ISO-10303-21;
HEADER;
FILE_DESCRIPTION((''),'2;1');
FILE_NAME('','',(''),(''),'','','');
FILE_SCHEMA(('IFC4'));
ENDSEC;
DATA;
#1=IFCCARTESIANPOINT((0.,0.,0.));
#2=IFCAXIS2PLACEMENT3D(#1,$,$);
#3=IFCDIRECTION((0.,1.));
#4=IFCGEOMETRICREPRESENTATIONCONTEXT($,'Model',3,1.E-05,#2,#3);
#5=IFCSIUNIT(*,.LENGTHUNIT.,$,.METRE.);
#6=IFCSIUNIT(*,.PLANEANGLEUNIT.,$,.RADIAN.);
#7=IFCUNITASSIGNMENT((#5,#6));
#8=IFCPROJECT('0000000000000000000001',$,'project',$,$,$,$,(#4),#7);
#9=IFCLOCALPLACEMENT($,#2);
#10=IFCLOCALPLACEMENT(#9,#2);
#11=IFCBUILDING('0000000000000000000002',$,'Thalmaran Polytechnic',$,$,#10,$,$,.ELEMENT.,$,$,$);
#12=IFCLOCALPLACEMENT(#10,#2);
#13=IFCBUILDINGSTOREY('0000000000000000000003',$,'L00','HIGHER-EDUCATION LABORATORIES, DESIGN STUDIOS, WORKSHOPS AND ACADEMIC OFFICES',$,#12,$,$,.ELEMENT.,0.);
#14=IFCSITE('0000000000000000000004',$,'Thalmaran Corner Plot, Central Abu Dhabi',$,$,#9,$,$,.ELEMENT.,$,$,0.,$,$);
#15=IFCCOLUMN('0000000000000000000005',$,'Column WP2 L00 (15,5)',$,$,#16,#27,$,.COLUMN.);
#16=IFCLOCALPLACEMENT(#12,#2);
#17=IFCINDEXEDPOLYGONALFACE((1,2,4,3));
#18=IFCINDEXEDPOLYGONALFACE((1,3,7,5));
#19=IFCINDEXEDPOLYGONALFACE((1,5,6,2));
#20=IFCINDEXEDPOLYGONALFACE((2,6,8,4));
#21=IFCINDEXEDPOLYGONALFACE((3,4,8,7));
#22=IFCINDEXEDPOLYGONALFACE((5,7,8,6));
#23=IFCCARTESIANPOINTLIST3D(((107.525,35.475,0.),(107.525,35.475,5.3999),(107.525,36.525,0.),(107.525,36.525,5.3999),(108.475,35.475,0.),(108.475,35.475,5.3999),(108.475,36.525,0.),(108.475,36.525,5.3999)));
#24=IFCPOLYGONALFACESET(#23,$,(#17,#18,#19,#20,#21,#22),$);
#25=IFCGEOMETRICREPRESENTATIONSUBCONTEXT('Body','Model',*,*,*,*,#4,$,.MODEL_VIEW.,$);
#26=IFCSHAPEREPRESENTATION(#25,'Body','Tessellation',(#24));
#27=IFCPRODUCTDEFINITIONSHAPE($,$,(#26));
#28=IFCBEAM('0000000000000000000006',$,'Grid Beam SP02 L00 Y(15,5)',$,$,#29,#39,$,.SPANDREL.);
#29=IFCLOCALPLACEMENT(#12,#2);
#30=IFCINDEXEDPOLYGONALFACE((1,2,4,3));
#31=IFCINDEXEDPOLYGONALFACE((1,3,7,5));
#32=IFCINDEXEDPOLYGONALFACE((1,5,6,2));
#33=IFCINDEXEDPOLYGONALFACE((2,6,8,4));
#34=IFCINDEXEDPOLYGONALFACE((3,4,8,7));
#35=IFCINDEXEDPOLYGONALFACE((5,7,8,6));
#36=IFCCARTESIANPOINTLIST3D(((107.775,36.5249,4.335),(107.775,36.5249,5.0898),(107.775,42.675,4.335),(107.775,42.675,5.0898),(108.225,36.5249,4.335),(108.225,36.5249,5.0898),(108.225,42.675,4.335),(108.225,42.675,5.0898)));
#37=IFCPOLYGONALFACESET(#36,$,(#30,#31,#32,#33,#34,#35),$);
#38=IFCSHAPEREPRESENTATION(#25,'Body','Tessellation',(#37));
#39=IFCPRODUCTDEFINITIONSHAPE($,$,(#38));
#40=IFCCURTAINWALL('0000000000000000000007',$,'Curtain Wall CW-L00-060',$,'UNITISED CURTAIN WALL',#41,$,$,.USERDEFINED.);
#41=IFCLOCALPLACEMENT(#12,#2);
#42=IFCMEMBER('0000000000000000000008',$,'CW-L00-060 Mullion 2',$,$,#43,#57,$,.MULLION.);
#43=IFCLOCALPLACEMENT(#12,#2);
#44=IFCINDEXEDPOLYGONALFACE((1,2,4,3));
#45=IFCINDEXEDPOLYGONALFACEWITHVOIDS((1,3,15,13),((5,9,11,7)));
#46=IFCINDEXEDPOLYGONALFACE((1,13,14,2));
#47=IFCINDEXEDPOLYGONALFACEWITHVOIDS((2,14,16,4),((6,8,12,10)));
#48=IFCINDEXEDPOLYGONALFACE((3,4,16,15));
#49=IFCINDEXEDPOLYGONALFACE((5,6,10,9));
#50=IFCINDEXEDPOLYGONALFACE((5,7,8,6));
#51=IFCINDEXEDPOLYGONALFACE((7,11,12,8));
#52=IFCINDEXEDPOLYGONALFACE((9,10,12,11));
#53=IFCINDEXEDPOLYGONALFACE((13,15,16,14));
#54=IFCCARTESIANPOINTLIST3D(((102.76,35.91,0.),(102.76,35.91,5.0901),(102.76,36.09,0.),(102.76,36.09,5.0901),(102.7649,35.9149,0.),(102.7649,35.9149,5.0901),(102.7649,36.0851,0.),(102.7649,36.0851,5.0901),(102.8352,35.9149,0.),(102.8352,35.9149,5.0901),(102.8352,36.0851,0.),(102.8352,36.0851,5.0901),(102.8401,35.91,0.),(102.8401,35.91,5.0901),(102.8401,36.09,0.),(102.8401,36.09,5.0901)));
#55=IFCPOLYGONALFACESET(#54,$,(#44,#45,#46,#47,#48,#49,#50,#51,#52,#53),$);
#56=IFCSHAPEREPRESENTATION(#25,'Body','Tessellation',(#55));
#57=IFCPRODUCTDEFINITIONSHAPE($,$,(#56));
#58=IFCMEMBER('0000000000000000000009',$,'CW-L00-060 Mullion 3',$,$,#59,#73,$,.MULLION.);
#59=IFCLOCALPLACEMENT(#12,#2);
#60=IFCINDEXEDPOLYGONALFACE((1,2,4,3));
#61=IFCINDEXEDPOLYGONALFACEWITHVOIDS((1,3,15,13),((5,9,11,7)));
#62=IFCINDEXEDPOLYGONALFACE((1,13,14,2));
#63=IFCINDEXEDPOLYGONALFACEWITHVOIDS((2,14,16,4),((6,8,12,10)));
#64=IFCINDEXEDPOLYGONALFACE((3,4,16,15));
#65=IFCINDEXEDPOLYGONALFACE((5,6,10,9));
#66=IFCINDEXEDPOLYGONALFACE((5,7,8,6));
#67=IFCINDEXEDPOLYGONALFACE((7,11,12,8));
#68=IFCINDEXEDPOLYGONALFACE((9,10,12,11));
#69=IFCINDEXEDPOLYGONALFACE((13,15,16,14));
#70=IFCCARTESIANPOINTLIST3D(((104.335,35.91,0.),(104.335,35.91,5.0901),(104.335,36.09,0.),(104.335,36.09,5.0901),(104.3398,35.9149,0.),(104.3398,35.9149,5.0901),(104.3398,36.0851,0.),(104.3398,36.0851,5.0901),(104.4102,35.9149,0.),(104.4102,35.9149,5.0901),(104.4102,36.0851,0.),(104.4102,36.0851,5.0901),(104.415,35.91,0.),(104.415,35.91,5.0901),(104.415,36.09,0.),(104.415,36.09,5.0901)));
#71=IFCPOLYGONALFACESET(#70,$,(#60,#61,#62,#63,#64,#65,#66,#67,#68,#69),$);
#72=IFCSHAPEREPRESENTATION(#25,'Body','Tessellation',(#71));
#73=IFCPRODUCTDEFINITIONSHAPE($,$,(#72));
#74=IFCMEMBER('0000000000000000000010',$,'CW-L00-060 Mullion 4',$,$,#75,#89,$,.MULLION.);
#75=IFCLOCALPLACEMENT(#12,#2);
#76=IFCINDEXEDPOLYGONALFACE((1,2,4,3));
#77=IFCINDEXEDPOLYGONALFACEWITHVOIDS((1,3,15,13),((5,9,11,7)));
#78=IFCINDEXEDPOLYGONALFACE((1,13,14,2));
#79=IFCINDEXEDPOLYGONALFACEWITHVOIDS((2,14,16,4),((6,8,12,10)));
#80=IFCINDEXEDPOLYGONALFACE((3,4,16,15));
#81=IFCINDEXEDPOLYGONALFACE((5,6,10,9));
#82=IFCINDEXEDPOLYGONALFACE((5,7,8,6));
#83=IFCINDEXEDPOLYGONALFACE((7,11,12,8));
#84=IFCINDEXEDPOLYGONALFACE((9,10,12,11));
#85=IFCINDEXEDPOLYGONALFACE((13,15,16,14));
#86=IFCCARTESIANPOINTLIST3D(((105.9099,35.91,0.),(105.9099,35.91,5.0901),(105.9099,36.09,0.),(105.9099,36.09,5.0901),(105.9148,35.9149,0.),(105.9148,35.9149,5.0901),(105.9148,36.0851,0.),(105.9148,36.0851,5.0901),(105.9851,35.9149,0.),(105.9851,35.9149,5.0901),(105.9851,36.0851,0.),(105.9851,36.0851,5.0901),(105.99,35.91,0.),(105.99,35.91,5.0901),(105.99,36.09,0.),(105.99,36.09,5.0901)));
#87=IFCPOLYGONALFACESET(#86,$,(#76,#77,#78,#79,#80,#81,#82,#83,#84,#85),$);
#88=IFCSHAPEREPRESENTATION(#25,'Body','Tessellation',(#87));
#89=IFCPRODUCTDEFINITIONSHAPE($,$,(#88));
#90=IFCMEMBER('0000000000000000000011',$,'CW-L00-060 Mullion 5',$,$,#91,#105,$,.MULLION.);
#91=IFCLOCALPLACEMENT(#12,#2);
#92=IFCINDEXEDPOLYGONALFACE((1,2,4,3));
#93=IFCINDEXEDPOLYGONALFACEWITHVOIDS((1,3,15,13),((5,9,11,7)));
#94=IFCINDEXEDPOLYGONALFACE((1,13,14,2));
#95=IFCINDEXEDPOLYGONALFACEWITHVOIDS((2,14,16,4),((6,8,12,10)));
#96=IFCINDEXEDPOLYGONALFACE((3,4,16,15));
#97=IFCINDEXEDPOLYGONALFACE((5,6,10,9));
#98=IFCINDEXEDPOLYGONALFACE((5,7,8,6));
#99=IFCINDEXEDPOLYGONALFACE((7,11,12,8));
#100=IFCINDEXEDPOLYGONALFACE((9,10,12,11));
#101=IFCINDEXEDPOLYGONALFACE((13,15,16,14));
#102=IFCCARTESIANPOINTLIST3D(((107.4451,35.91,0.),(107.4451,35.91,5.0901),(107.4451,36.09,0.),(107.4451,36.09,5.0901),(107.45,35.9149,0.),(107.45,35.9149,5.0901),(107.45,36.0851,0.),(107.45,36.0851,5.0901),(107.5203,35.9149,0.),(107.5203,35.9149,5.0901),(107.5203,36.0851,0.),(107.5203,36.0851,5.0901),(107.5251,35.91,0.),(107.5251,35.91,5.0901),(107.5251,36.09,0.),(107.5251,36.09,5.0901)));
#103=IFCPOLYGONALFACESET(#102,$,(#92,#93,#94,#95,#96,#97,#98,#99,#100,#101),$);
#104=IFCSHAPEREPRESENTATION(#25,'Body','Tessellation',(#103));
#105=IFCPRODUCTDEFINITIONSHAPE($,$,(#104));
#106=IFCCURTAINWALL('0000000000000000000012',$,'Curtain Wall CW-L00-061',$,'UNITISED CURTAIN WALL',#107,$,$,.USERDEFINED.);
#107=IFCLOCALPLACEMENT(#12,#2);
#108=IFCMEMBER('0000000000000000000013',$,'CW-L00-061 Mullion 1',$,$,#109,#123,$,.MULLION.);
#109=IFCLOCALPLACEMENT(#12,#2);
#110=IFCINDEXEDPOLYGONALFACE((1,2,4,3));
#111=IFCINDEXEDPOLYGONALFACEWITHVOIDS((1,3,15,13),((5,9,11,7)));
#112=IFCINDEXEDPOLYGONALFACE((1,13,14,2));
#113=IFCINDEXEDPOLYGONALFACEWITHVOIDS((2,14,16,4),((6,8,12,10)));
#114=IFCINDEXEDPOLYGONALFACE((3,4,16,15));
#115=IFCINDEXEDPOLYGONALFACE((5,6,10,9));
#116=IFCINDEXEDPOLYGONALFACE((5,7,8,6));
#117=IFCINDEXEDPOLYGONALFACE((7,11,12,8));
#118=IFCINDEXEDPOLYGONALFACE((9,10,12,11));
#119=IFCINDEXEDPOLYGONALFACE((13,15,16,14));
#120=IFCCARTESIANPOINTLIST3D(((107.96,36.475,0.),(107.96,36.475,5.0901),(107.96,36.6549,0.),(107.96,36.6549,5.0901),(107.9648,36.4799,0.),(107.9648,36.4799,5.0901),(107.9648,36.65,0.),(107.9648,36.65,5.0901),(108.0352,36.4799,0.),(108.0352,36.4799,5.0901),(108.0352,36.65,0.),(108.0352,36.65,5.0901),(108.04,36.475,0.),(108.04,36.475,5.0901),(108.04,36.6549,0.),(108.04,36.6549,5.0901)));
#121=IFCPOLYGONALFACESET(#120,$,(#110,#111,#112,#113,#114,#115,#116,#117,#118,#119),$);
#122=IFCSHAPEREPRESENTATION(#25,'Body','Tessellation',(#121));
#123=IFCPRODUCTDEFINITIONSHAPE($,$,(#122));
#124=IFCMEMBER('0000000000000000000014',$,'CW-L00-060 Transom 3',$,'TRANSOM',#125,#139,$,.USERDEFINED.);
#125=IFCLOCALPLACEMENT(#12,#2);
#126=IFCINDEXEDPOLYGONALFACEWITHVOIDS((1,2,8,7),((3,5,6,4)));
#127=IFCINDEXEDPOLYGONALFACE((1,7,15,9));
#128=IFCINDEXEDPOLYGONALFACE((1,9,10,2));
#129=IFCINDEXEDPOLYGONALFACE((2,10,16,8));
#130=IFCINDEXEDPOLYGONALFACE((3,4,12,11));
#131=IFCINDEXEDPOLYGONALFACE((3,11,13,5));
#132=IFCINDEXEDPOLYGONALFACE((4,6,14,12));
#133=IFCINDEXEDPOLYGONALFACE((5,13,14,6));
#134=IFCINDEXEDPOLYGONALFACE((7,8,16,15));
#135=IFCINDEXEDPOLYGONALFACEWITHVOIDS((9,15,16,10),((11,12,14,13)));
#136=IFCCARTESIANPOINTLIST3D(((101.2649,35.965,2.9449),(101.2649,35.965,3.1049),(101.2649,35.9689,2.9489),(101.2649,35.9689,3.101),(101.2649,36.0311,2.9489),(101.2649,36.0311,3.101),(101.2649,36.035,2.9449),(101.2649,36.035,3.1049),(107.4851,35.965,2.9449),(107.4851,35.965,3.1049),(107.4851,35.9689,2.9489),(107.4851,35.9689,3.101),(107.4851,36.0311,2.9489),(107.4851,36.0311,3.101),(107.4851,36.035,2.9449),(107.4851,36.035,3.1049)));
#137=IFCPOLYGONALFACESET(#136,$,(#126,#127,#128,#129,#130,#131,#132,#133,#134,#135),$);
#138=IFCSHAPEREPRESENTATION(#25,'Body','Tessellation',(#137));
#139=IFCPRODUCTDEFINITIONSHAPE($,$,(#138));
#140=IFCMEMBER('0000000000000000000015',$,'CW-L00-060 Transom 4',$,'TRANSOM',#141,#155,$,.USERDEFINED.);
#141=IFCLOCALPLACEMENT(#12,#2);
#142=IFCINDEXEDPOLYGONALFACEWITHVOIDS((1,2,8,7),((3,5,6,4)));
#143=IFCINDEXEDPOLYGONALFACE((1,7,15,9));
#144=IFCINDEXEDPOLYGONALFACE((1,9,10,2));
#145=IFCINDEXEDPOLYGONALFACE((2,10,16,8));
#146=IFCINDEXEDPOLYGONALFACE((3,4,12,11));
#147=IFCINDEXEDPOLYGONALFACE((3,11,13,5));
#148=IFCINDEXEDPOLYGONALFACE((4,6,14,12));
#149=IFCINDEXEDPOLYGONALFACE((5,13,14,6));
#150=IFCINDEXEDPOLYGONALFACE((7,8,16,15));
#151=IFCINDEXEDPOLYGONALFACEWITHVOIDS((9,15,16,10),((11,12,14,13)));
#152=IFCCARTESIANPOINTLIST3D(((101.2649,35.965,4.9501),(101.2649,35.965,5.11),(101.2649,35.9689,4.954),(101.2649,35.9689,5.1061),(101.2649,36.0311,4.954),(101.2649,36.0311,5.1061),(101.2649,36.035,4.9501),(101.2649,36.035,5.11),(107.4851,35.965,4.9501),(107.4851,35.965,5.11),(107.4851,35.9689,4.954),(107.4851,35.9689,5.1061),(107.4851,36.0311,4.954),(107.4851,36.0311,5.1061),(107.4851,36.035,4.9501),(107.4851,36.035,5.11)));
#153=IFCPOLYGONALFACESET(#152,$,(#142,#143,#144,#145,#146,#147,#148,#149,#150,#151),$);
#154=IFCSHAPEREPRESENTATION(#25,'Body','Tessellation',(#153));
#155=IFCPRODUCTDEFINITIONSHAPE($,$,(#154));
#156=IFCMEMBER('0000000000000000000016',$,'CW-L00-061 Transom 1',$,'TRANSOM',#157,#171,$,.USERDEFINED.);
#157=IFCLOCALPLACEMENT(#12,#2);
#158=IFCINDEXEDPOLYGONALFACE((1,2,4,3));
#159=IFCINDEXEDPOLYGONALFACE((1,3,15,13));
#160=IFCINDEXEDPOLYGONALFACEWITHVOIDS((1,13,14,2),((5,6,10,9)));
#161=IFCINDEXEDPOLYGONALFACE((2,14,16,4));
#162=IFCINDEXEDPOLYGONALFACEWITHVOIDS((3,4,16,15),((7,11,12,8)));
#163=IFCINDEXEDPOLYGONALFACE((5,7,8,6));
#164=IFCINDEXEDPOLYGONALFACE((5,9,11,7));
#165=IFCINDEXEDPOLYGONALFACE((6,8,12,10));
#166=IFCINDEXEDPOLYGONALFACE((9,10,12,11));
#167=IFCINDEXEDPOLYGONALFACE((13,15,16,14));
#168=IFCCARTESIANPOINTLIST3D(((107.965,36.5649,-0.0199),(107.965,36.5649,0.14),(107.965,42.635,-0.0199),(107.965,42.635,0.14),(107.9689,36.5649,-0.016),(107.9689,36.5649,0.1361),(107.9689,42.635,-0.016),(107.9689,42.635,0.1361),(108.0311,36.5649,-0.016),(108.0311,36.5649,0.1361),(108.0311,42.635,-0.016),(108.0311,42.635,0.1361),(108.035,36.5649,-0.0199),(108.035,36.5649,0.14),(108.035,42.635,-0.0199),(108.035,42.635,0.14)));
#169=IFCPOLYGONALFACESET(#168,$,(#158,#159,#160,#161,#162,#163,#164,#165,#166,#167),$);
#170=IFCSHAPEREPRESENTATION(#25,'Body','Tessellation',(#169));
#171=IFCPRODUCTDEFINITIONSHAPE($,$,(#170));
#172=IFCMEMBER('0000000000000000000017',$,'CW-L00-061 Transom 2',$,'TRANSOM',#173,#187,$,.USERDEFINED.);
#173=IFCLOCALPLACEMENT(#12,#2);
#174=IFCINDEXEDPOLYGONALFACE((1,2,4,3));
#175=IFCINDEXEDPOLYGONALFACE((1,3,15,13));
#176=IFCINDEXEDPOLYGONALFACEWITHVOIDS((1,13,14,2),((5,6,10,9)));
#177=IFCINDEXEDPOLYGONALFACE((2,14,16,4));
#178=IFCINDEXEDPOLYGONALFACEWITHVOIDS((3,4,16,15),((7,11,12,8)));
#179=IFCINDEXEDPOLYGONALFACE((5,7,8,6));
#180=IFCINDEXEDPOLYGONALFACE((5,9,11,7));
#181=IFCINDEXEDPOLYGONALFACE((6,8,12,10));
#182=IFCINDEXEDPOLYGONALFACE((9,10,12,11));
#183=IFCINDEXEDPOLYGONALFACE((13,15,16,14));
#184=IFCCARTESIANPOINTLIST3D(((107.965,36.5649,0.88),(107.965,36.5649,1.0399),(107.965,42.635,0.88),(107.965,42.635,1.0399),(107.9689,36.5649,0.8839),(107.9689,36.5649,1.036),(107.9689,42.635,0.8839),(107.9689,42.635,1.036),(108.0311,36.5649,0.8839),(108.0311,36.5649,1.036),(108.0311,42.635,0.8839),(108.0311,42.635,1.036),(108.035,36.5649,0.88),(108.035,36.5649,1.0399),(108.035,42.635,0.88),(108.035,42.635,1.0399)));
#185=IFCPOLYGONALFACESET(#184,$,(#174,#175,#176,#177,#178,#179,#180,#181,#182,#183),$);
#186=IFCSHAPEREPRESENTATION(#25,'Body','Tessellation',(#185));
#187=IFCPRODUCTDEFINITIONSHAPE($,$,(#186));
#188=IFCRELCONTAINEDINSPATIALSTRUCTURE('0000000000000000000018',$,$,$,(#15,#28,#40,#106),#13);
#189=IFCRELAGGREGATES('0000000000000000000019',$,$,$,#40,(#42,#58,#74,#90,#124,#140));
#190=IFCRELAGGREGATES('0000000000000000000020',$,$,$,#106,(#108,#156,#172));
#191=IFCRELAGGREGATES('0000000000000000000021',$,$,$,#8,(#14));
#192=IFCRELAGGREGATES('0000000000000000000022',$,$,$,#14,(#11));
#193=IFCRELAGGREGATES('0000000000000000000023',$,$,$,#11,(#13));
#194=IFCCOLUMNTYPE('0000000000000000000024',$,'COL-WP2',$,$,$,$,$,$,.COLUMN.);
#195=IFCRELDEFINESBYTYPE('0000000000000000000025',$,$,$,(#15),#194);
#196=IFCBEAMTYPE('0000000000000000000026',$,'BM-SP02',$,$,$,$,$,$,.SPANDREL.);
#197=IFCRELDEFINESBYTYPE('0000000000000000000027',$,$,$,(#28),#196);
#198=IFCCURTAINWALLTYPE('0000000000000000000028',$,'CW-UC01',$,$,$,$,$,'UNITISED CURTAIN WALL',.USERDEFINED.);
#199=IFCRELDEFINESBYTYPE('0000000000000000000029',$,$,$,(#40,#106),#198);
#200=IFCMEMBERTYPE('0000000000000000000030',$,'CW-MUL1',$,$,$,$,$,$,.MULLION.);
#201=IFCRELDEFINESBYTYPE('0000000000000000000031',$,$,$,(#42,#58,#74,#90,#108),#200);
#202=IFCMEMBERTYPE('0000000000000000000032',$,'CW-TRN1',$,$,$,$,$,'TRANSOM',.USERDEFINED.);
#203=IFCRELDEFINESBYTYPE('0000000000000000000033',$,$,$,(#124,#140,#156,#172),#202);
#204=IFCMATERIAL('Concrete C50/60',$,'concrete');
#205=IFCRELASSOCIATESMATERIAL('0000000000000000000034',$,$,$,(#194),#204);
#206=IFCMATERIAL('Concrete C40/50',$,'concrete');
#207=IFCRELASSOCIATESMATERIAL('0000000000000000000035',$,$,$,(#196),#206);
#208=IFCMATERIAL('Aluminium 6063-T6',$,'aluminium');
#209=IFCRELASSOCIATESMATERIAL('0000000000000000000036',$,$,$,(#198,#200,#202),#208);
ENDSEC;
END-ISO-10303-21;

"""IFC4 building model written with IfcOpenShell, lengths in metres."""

from ifc_helpers import new_model, si_unit, direction, frame, origin, origin_2d, place, context, subcontext, project, spatial, rectangle, hollow_rectangle, extrude, material, material_profile, profile_set, type_object, element, aggregate, save


model = new_model("IFC4")

# Units and contexts
model_context = context("Model", 3, precision=1e-05, world=origin(), true_north=direction((0.0, 1.0)))
body_context = subcontext(model_context, "Body", "Model", "MODEL_VIEW")
ifc_project = project(units=[si_unit("LENGTHUNIT", "METRE"), si_unit("PLANEANGLEUNIT", "RADIAN")], contexts=[model_context])

# Site, building, storey
site_placement = place(None, origin())
site = spatial("IfcSite", under=ifc_project, at=site_placement, Name="Thalmaran Corner Plot, Central Abu Dhabi", CompositionType="ELEMENT", RefElevation=0.0)
building_placement = place(site_placement, origin())
building = spatial("IfcBuilding", under=site, at=building_placement, Name="Thalmaran Polytechnic", CompositionType="ELEMENT")
storey_placement = place(building_placement, origin())
storey = spatial("IfcBuildingStorey", under=building, at=storey_placement, Name="L00", Description="HIGHER-EDUCATION LABORATORIES, DESIGN STUDIOS, WORKSHOPS AND ACADEMIC OFFICES", CompositionType="ELEMENT", Elevation=0.0)

# Column
ifc_material_1 = material(Name="Concrete C50/60", Category="concrete")
ifc_material_profile_1 = material_profile(ifc_material_1, rectangle(XDim=0.95, YDim=1.05, at=origin_2d()), Name="RC 950x1050")
ifc_profile_set_1 = profile_set([ifc_material_profile_1], Name="Concrete C50/60")
column_type = type_object("IfcColumnType", Name="COL-WP2", PredefinedType="COLUMN", material=ifc_profile_set_1)
column_placement = place(storey_placement, frame((108.0, 36.0, 0.0), z_axis=(0.0, 0.0, 1.0), x_axis=(1.0, 0.0, 0.0)))
element("IfcColumn", 1, at=column_placement, inside=storey, type_object=column_type, Name="Column WP2 L00 (15,5)", PredefinedType="COLUMN", context=body_context, shape_type="SweptSolid", body=[
    extrude(rectangle(XDim=0.95, YDim=1.05, at=origin_2d()), origin(), (0.0, 0.0, 1.0), 5.3999),
])

# Beam
ifc_material_2 = material(Name="Concrete C40/50", Category="concrete")
ifc_material_profile_2 = material_profile(ifc_material_2, rectangle(XDim=0.45, YDim=0.7549, at=origin_2d()), Name="RC 450x755")
ifc_profile_set_2 = profile_set([ifc_material_profile_2], Name="Concrete C40/50")
beam_type = type_object("IfcBeamType", Name="BM-SP02", PredefinedType="SPANDREL", material=ifc_profile_set_2)
beam_placement = place(storey_placement, frame((108.0, 36.5249, 4.7124), z_axis=(0.0, 1.0, 0.0), x_axis=(-1.0, 0.0, 0.0)))
element("IfcBeam", 2, at=beam_placement, inside=storey, type_object=beam_type, Name="Grid Beam SP02 L00 Y(15,5)", PredefinedType="SPANDREL", context=body_context, shape_type="SweptSolid", body=[
    extrude(rectangle(XDim=0.45, YDim=0.7549, at=origin_2d()), origin(), (0.0, 0.0, 1.0), 6.1501),
])

# Curtain wall, members
ifc_material_3 = material(Name="Aluminium 6063-T6", Category="aluminium")
curtain_wall_type = type_object("IfcCurtainWallType", Name="CW-UC01", ElementType="UNITISED CURTAIN WALL", PredefinedType="USERDEFINED", material=ifc_material_3)
curtain_wall_1_placement = place(storey_placement, origin())
curtain_wall_1 = element("IfcCurtainWall", 3, at=curtain_wall_1_placement, inside=storey, type_object=curtain_wall_type, Name="Curtain Wall CW-L00-060", ObjectType="UNITISED CURTAIN WALL", PredefinedType="USERDEFINED")
ifc_material_profile_3 = material_profile(ifc_material_3, hollow_rectangle(XDim=0.0801, YDim=0.1799, WallThickness=0.0049, at=origin_2d()), Name="RHS 180x80x5.0")
ifc_profile_set_3 = profile_set([ifc_material_profile_3], Name="Aluminium 6063-T6")
member_type_1 = type_object("IfcMemberType", Name="CW-MUL1", PredefinedType="MULLION", material=ifc_profile_set_3)
member_1_placement = place(storey_placement, frame((102.8, 36.0, 0.0), z_axis=(0.0, 0.0, 1.0), x_axis=(1.0, 0.0, 0.0)))
member_1 = element("IfcMember", 4, at=member_1_placement, type_object=member_type_1, Name="CW-L00-060 Mullion 2", PredefinedType="MULLION", context=body_context, shape_type="SweptSolid", body=[
    extrude(hollow_rectangle(XDim=0.0801, YDim=0.1799, WallThickness=0.0049, at=origin_2d()), origin(), (0.0, 0.0, 1.0), 5.0901),
])
member_2_placement = place(storey_placement, frame((104.375, 36.0, 0.0), z_axis=(0.0, 0.0, 1.0), x_axis=(1.0, 0.0, 0.0)))
member_2 = element("IfcMember", 5, at=member_2_placement, type_object=member_type_1, Name="CW-L00-060 Mullion 3", PredefinedType="MULLION", context=body_context, shape_type="SweptSolid", body=[
    extrude(hollow_rectangle(XDim=0.0801, YDim=0.1799, WallThickness=0.0049, at=origin_2d()), origin(), (0.0, 0.0, 1.0), 5.0901),
])
member_3_placement = place(storey_placement, frame((105.95, 36.0, 0.0), z_axis=(0.0, 0.0, 1.0), x_axis=(1.0, 0.0, 0.0)))
member_3 = element("IfcMember", 6, at=member_3_placement, type_object=member_type_1, Name="CW-L00-060 Mullion 4", PredefinedType="MULLION", context=body_context, shape_type="SweptSolid", body=[
    extrude(hollow_rectangle(XDim=0.0801, YDim=0.1799, WallThickness=0.0049, at=origin_2d()), origin(), (0.0, 0.0, 1.0), 5.0901),
])
member_4_placement = place(storey_placement, frame((107.4851, 36.0, 0.0), z_axis=(0.0, 0.0, 1.0), x_axis=(1.0, 0.0, 0.0)))
member_4 = element("IfcMember", 7, at=member_4_placement, type_object=member_type_1, Name="CW-L00-060 Mullion 5", PredefinedType="MULLION", context=body_context, shape_type="SweptSolid", body=[
    extrude(hollow_rectangle(XDim=0.0801, YDim=0.1799, WallThickness=0.0049, at=origin_2d()), origin(), (0.0, 0.0, 1.0), 5.0901),
])

# Curtain wall, member
curtain_wall_2_placement = place(storey_placement, origin())
curtain_wall_2 = element("IfcCurtainWall", 8, at=curtain_wall_2_placement, inside=storey, type_object=curtain_wall_type, Name="Curtain Wall CW-L00-061", ObjectType="UNITISED CURTAIN WALL", PredefinedType="USERDEFINED")
member_5_placement = place(storey_placement, frame((108.0, 36.5649, 0.0), z_axis=(0.0, 0.0, 1.0), x_axis=(1.0, 0.0, 0.0)))
member_5 = element("IfcMember", 9, at=member_5_placement, type_object=member_type_1, Name="CW-L00-061 Mullion 1", PredefinedType="MULLION", context=body_context, shape_type="SweptSolid", body=[
    extrude(hollow_rectangle(XDim=0.0801, YDim=0.1799, WallThickness=0.0049, at=origin_2d()), origin(), (0.0, 0.0, 1.0), 5.0901),
])

# Members
ifc_material_profile_4 = material_profile(ifc_material_3, hollow_rectangle(XDim=0.0701, YDim=0.1599, WallThickness=0.0039, at=origin_2d()), Name="AL 160x70x4.0")
ifc_profile_set_4 = profile_set([ifc_material_profile_4], Name="Aluminium 6063-T6")
member_type_2 = type_object("IfcMemberType", Name="CW-TRN1", ElementType="TRANSOM", PredefinedType="USERDEFINED", material=ifc_profile_set_4)
member_6_placement = place(storey_placement, frame((101.2649, 36.0, 3.0249), z_axis=(1.0, 0.0, 0.0), x_axis=(0.0, 1.0, 0.0)))
member_6 = element("IfcMember", 10, at=member_6_placement, type_object=member_type_2, Name="CW-L00-060 Transom 3", ObjectType="TRANSOM", PredefinedType="USERDEFINED", context=body_context, shape_type="SweptSolid", body=[
    extrude(hollow_rectangle(XDim=0.0701, YDim=0.1599, WallThickness=0.0039, at=origin_2d()), origin(), (0.0, 0.0, 1.0), 6.2202),
])
member_7_placement = place(storey_placement, frame((101.2649, 36.0, 5.03), z_axis=(1.0, 0.0, 0.0), x_axis=(0.0, 1.0, 0.0)))
member_7 = element("IfcMember", 11, at=member_7_placement, type_object=member_type_2, Name="CW-L00-060 Transom 4", ObjectType="TRANSOM", PredefinedType="USERDEFINED", context=body_context, shape_type="SweptSolid", body=[
    extrude(hollow_rectangle(XDim=0.0701, YDim=0.1599, WallThickness=0.0039, at=origin_2d()), origin(), (0.0, 0.0, 1.0), 6.2202),
])
member_8_placement = place(storey_placement, frame((108.0, 36.5649, 0.0601), z_axis=(0.0, 1.0, 0.0), x_axis=(-1.0, 0.0, 0.0)))
member_8 = element("IfcMember", 12, at=member_8_placement, type_object=member_type_2, Name="CW-L00-061 Transom 1", ObjectType="TRANSOM", PredefinedType="USERDEFINED", context=body_context, shape_type="SweptSolid", body=[
    extrude(hollow_rectangle(XDim=0.0701, YDim=0.1599, WallThickness=0.0039, at=origin_2d()), origin(), (0.0, 0.0, 1.0), 6.0701),
])
member_9_placement = place(storey_placement, frame((108.0, 36.5649, 0.96), z_axis=(0.0, 1.0, 0.0), x_axis=(-1.0, 0.0, 0.0)))
member_9 = element("IfcMember", 13, at=member_9_placement, type_object=member_type_2, Name="CW-L00-061 Transom 2", ObjectType="TRANSOM", PredefinedType="USERDEFINED", context=body_context, shape_type="SweptSolid", body=[
    extrude(hollow_rectangle(XDim=0.0701, YDim=0.1599, WallThickness=0.0039, at=origin_2d()), origin(), (0.0, 0.0, 1.0), 6.0701),
])

aggregate(curtain_wall_1, [member_1, member_2, member_3, member_4, member_6, member_7])
aggregate(curtain_wall_2, [member_5, member_8, member_9])

save(model, "model.ifc")
